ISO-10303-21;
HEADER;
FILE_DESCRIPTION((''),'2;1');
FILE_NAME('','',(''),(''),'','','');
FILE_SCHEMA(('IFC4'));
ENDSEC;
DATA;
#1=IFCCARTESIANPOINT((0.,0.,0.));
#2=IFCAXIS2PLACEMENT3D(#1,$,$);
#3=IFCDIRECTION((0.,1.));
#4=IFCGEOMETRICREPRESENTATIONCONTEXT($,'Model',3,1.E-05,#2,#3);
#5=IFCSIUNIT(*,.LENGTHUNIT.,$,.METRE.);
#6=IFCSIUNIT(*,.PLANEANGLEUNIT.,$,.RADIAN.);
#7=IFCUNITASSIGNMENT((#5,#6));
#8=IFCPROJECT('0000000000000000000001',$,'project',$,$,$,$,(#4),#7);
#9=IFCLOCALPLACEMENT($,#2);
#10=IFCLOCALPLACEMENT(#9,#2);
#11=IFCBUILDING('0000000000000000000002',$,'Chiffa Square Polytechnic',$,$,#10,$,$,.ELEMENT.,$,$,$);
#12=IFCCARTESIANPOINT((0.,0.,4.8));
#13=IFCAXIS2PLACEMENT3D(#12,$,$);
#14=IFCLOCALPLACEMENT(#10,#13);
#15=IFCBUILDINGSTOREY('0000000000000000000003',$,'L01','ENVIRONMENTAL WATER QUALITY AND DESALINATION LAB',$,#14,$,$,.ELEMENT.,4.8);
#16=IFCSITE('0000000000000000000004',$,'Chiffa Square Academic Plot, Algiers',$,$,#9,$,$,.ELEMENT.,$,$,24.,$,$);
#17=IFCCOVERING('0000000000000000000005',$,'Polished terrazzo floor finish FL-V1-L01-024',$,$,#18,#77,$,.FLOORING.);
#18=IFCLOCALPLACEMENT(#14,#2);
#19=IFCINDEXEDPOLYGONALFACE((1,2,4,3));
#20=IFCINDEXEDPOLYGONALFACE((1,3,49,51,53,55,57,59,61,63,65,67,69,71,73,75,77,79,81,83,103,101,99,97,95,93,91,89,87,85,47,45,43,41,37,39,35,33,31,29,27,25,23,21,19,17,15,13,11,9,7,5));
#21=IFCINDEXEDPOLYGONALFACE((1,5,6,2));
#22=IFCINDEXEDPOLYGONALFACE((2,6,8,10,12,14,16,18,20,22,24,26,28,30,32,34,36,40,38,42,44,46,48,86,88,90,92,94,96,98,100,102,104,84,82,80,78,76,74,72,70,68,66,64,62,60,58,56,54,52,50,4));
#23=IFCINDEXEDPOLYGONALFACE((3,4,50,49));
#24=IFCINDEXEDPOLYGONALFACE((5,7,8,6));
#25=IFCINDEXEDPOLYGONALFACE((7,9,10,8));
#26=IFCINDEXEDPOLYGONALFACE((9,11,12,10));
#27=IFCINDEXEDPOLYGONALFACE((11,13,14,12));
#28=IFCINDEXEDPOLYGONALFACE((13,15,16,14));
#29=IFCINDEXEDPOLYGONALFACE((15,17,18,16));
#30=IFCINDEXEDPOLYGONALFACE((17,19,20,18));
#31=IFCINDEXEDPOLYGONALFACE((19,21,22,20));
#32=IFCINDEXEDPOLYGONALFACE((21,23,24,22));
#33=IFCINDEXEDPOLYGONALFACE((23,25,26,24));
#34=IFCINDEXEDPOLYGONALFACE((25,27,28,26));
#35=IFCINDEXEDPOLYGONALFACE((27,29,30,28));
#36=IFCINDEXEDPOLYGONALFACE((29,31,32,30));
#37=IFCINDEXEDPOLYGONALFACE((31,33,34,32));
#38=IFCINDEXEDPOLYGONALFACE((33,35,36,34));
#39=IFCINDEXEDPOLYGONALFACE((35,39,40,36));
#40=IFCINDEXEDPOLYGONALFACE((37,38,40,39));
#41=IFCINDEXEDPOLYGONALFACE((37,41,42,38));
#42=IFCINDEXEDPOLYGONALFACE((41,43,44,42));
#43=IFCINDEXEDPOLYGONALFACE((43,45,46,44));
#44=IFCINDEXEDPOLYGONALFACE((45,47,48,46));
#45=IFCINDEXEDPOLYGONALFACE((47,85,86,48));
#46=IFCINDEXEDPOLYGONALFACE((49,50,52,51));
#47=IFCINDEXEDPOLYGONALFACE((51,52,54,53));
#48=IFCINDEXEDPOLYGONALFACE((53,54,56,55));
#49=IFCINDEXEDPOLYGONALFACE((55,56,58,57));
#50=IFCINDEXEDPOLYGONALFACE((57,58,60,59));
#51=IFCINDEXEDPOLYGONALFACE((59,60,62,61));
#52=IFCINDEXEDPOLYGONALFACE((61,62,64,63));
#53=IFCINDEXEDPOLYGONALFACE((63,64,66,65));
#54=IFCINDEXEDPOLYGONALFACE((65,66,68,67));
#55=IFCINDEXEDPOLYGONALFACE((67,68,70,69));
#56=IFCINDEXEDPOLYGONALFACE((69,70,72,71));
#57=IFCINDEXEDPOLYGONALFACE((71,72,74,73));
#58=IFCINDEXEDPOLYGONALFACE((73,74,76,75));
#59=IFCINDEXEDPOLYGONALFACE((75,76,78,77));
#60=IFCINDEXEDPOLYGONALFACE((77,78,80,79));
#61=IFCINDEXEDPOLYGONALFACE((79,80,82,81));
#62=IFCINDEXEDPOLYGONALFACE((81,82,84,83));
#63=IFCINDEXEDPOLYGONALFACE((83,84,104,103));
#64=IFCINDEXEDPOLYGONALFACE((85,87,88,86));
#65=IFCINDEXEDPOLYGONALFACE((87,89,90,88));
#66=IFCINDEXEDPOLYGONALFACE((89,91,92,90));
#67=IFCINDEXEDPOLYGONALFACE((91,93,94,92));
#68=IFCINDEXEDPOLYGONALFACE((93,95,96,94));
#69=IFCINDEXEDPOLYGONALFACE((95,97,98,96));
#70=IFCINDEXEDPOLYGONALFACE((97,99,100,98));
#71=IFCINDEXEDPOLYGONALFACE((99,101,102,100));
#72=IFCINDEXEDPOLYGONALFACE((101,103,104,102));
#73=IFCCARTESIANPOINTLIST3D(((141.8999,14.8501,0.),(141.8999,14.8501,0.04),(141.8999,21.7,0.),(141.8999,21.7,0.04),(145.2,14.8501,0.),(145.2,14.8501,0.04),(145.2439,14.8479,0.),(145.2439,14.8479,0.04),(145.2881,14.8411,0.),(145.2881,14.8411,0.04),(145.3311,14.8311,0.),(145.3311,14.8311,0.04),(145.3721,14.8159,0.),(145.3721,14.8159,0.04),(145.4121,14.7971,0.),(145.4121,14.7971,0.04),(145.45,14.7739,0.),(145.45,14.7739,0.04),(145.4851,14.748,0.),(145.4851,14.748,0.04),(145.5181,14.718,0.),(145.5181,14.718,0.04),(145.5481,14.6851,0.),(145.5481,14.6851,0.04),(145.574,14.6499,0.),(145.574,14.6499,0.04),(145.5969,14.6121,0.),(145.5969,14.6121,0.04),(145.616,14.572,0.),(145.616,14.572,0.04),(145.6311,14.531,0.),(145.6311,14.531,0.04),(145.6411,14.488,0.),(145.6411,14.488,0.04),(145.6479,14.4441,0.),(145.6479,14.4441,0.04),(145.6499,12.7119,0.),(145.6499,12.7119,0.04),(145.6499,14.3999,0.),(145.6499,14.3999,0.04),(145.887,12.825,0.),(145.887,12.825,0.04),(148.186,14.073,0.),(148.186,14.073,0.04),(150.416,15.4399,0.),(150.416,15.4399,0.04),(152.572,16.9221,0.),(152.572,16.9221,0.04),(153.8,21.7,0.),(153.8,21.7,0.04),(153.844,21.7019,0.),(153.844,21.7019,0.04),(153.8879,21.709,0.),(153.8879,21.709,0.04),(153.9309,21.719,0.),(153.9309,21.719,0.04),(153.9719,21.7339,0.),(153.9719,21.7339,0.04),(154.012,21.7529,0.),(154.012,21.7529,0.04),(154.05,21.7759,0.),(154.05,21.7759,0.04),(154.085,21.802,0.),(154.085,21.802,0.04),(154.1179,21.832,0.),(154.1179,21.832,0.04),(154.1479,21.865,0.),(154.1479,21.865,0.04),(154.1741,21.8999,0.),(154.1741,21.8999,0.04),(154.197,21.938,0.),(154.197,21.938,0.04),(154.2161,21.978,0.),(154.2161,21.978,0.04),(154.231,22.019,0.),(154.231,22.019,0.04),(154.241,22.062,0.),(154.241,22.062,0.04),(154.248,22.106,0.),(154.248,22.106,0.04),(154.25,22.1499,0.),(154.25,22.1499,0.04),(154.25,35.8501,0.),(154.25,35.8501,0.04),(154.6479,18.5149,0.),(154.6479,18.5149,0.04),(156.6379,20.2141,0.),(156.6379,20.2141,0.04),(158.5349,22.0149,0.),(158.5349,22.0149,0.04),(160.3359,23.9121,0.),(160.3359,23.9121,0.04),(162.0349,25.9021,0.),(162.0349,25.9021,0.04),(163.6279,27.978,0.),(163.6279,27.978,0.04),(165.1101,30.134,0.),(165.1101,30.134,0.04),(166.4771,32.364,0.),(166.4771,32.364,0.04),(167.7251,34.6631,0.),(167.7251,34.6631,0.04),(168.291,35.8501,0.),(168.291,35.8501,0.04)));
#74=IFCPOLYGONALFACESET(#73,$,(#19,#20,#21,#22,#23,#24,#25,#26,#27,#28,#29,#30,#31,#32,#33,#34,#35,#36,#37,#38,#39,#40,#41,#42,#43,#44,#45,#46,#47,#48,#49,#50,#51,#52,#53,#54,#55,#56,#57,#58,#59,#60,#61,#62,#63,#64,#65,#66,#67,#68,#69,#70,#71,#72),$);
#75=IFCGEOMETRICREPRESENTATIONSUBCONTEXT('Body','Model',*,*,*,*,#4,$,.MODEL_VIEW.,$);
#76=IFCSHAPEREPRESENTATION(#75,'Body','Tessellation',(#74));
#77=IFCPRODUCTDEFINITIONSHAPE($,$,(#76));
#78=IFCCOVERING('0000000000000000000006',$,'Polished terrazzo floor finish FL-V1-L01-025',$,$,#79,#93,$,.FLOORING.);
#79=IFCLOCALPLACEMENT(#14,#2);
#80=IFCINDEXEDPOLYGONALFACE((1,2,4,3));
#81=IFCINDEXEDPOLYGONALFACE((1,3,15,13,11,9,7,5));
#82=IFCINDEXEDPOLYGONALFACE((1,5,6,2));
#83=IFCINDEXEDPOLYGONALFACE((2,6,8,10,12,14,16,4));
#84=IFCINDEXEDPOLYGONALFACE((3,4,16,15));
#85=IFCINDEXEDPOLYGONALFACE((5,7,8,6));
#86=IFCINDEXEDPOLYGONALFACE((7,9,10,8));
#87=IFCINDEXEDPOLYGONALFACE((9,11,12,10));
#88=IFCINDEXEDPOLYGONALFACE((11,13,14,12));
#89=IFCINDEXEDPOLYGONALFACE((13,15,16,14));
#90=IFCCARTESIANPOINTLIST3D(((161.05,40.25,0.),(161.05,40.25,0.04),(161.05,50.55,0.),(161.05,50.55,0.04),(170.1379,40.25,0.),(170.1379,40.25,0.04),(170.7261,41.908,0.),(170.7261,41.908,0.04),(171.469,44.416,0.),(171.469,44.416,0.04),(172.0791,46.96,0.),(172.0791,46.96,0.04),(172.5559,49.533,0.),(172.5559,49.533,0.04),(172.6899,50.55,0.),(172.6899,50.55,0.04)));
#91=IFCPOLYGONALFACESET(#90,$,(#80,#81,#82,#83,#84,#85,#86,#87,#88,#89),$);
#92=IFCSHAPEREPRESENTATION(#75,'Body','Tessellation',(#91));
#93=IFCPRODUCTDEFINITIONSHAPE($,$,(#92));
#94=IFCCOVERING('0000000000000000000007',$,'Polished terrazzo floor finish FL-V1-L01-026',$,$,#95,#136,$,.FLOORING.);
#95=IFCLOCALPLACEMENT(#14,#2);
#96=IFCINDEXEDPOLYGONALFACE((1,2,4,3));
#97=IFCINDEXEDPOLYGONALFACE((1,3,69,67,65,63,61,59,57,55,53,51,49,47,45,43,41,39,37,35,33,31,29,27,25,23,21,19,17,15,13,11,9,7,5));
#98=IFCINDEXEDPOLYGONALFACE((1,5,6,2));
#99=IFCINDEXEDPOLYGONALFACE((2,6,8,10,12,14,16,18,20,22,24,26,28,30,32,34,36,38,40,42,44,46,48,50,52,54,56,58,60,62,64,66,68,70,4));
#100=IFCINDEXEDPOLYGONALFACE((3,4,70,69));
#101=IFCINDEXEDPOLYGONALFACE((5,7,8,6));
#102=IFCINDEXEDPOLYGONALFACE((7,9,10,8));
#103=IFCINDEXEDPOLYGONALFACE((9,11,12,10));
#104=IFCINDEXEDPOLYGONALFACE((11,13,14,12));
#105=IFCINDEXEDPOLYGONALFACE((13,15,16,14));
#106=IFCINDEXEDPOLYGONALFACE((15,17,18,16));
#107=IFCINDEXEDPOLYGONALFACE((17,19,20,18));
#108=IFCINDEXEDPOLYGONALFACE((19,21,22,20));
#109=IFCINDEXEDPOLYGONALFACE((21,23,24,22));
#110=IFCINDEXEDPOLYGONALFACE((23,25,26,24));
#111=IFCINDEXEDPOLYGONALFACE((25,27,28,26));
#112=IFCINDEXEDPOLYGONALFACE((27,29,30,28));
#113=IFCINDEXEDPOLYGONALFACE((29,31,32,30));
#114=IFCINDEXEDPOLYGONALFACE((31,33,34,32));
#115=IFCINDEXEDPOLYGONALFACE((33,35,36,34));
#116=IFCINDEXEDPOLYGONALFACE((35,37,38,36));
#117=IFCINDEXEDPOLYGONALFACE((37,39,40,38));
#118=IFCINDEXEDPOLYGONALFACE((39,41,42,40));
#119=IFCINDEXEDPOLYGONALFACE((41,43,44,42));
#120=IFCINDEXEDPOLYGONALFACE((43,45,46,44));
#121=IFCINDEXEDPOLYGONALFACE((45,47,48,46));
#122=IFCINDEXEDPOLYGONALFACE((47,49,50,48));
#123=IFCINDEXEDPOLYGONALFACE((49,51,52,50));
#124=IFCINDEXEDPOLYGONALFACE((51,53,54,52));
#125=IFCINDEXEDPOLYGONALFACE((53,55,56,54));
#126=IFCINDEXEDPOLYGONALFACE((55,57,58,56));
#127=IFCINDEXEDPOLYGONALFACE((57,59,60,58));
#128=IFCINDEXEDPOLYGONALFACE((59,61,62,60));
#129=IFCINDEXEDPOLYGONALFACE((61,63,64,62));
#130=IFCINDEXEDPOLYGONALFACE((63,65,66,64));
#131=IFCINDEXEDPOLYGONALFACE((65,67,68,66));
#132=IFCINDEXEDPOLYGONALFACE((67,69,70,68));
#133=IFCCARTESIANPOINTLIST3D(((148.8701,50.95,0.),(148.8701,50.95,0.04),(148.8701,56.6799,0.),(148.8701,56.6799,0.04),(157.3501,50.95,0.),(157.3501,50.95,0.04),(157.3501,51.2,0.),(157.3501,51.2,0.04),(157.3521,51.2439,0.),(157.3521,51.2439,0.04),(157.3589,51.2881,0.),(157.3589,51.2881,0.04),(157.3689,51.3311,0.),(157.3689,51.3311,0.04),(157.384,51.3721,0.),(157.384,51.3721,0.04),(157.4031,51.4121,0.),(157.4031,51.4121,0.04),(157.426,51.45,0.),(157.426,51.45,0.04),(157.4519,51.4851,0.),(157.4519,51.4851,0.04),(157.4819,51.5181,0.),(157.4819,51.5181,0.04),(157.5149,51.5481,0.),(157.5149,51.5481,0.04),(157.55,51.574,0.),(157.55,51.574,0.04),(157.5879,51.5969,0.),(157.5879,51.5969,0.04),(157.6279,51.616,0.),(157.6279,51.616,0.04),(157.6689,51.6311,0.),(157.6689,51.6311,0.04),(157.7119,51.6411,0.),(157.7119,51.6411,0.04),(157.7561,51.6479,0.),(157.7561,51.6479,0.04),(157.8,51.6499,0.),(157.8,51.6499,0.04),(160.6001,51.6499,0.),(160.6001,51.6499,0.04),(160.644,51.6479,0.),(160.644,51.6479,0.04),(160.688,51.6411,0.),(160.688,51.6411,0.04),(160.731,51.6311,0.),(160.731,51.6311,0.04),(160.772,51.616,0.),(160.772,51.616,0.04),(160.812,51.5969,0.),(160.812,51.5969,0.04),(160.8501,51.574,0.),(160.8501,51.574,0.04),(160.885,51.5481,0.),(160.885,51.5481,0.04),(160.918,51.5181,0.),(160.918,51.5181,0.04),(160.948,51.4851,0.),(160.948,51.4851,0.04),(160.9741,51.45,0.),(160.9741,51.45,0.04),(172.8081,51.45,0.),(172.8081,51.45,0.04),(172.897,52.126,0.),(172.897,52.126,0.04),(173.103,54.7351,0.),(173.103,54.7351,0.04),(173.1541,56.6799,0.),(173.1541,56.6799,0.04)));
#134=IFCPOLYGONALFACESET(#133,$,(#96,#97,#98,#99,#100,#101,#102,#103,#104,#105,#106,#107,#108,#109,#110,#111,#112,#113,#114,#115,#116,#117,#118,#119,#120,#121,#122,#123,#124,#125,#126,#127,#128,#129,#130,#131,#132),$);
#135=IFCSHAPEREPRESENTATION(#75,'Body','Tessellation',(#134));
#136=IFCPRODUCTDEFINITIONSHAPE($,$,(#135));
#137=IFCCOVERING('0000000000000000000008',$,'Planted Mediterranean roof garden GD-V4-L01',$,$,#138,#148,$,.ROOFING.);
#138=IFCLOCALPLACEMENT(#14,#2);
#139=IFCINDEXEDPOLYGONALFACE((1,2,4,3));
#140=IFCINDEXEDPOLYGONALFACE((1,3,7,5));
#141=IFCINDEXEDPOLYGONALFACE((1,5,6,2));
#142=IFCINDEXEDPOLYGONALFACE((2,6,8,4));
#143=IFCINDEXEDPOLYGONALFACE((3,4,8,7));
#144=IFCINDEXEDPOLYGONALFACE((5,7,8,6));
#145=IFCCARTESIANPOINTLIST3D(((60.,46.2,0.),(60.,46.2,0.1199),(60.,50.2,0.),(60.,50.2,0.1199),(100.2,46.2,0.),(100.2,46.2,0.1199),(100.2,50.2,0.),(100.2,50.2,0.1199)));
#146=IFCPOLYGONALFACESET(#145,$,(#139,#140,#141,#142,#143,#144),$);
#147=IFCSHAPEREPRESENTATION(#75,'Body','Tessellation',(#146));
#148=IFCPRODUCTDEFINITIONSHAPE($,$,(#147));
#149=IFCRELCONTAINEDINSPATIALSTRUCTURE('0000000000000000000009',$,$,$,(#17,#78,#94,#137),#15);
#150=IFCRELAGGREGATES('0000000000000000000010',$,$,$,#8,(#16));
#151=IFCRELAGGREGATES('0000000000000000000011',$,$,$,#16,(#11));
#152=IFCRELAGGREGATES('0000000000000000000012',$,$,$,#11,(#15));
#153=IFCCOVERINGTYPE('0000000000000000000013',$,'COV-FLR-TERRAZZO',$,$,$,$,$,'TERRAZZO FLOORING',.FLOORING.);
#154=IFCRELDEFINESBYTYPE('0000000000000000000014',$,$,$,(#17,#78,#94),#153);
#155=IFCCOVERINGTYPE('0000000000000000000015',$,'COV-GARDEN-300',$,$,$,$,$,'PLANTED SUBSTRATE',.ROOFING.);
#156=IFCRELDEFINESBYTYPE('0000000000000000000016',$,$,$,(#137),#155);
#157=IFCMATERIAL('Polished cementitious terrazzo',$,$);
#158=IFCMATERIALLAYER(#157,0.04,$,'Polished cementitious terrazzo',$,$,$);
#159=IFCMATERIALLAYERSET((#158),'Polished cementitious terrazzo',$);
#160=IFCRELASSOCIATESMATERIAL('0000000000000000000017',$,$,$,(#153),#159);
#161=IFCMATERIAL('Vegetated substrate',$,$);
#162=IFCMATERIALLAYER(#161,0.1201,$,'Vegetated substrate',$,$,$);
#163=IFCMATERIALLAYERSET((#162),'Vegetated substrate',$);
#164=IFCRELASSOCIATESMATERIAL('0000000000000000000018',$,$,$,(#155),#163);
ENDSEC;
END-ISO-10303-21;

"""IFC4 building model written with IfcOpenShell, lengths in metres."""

from ifc_helpers import new_model, si_unit, direction, frame, origin, place, context, subcontext, project, spatial, polyline, outline, extrude, material, layer, layer_set, type_object, element, save


model = new_model("IFC4")

# Units and contexts
model_context = context("Model", 3, precision=1e-05, world=origin(), true_north=direction((0.0, 1.0)))
body_context = subcontext(model_context, "Body", "Model", "MODEL_VIEW")
ifc_project = project(units=[si_unit("LENGTHUNIT", "METRE"), si_unit("PLANEANGLEUNIT", "RADIAN")], contexts=[model_context])

# Site, building, storey
site_placement = place(None, origin())
site = spatial("IfcSite", under=ifc_project, at=site_placement, Name="Chiffa Square Academic Plot, Algiers", CompositionType="ELEMENT", RefElevation=24.0)
building_placement = place(site_placement, origin())
building = spatial("IfcBuilding", under=site, at=building_placement, Name="Chiffa Square Polytechnic", CompositionType="ELEMENT")
storey_placement = place(building_placement, frame((0.0, 0.0, 4.8)))
storey = spatial("IfcBuildingStorey", under=building, at=storey_placement, Name="L01", Description="ENVIRONMENTAL WATER QUALITY AND DESALINATION LAB", CompositionType="ELEMENT", Elevation=4.8)

# Coverings
ifc_material_1 = material(Name="Polished cementitious terrazzo")
ifc_layer_1 = layer(ifc_material_1, 0.04, Name="Polished cementitious terrazzo")
ifc_layer_set_1 = layer_set([ifc_layer_1], Name="Polished cementitious terrazzo")
covering_type_1 = type_object("IfcCoveringType", Name="COV-FLR-TERRAZZO", ElementType="TERRAZZO FLOORING", PredefinedType="FLOORING", material=ifc_layer_set_1)
covering_1_placement = place(storey_placement, origin())
element("IfcCovering", 1, at=covering_1_placement, inside=storey, type_object=covering_type_1, Name="Polished terrazzo floor finish FL-V1-L01-024", PredefinedType="FLOORING", context=body_context, shape_type="SweptSolid", body=[
    extrude(outline(polyline([(141.8999, 14.8501), (141.8999, 21.7), (153.8, 21.7), (153.844, 21.7019), (153.8879, 21.709), (153.9309, 21.719), (153.9719, 21.7339), (154.012, 21.7529), (154.05, 21.7759), (154.085, 21.802), (154.1179, 21.832), (154.1479, 21.865), (154.1741, 21.8999), (154.197, 21.938), (154.2161, 21.978), (154.231, 22.019), (154.241, 22.062), (154.248, 22.106), (154.25, 22.1499), (154.25, 35.8501), (168.291, 35.8501), (167.7251, 34.6631), (166.4771, 32.364), (165.1101, 30.134), (163.6279, 27.978), (162.0349, 25.9021), (160.3359, 23.9121), (158.5349, 22.0149), (156.6379, 20.2141), (154.6479, 18.5149), (152.572, 16.9221), (150.416, 15.4399), (148.186, 14.073), (145.887, 12.825), (145.6499, 12.7119), (145.6499, 14.3999), (145.6479, 14.4441), (145.6411, 14.488), (145.6311, 14.531), (145.616, 14.572), (145.5969, 14.6121), (145.574, 14.6499), (145.5481, 14.6851), (145.5181, 14.718), (145.4851, 14.748), (145.45, 14.7739), (145.4121, 14.7971), (145.3721, 14.8159), (145.3311, 14.8311), (145.2881, 14.8411), (145.2439, 14.8479), (145.2, 14.8501), (141.8999, 14.8501)])), origin(), (0.0, 0.0, 1.0), 0.04),
])
covering_2_placement = place(storey_placement, origin())
element("IfcCovering", 2, at=covering_2_placement, inside=storey, type_object=covering_type_1, Name="Polished terrazzo floor finish FL-V1-L01-025", PredefinedType="FLOORING", context=body_context, shape_type="SweptSolid", body=[
    extrude(outline(polyline([(161.05, 40.25), (161.05, 50.55), (172.6899, 50.55), (172.5559, 49.533), (172.0791, 46.96), (171.469, 44.416), (170.7261, 41.908), (170.1379, 40.25), (161.05, 40.25)])), origin(), (0.0, 0.0, 1.0), 0.04),
])
covering_3_placement = place(storey_placement, origin())
element("IfcCovering", 3, at=covering_3_placement, inside=storey, type_object=covering_type_1, Name="Polished terrazzo floor finish FL-V1-L01-026", PredefinedType="FLOORING", context=body_context, shape_type="SweptSolid", body=[
    extrude(outline(polyline([(148.8701, 50.95), (148.8701, 56.6799), (173.1541, 56.6799), (173.103, 54.7351), (172.897, 52.126), (172.8081, 51.45), (160.9741, 51.45), (160.9741, 51.45), (160.948, 51.4851), (160.918, 51.5181), (160.885, 51.5481), (160.8501, 51.574), (160.812, 51.5969), (160.772, 51.616), (160.731, 51.6311), (160.688, 51.6411), (160.644, 51.6479), (160.6001, 51.6499), (157.8, 51.6499), (157.7561, 51.6479), (157.7119, 51.6411), (157.6689, 51.6311), (157.6279, 51.616), (157.5879, 51.5969), (157.55, 51.574), (157.5149, 51.5481), (157.4819, 51.5181), (157.4519, 51.4851), (157.426, 51.45), (157.4031, 51.4121), (157.384, 51.3721), (157.3689, 51.3311), (157.3589, 51.2881), (157.3521, 51.2439), (157.3501, 51.2), (157.3501, 50.95), (148.8701, 50.95)])), origin(), (0.0, 0.0, 1.0), 0.04),
])
ifc_material_2 = material(Name="Vegetated substrate")
ifc_layer_2 = layer(ifc_material_2, 0.1201, Name="Vegetated substrate")
ifc_layer_set_2 = layer_set([ifc_layer_2], Name="Vegetated substrate")
covering_type_2 = type_object("IfcCoveringType", Name="COV-GARDEN-300", ElementType="PLANTED SUBSTRATE", PredefinedType="ROOFING", material=ifc_layer_set_2)
covering_4_placement = place(storey_placement, origin())
element("IfcCovering", 4, at=covering_4_placement, inside=storey, type_object=covering_type_2, Name="Planted Mediterranean roof garden GD-V4-L01", PredefinedType="ROOFING", context=body_context, shape_type="SweptSolid", body=[
    extrude(outline(polyline([(60.0, 46.2), (100.2, 46.2), (100.2, 50.2), (60.0, 50.2), (60.0, 46.2)])), origin(), (0.0, 0.0, 1.0), 0.1199),
])

save(model, "model.ifc")
